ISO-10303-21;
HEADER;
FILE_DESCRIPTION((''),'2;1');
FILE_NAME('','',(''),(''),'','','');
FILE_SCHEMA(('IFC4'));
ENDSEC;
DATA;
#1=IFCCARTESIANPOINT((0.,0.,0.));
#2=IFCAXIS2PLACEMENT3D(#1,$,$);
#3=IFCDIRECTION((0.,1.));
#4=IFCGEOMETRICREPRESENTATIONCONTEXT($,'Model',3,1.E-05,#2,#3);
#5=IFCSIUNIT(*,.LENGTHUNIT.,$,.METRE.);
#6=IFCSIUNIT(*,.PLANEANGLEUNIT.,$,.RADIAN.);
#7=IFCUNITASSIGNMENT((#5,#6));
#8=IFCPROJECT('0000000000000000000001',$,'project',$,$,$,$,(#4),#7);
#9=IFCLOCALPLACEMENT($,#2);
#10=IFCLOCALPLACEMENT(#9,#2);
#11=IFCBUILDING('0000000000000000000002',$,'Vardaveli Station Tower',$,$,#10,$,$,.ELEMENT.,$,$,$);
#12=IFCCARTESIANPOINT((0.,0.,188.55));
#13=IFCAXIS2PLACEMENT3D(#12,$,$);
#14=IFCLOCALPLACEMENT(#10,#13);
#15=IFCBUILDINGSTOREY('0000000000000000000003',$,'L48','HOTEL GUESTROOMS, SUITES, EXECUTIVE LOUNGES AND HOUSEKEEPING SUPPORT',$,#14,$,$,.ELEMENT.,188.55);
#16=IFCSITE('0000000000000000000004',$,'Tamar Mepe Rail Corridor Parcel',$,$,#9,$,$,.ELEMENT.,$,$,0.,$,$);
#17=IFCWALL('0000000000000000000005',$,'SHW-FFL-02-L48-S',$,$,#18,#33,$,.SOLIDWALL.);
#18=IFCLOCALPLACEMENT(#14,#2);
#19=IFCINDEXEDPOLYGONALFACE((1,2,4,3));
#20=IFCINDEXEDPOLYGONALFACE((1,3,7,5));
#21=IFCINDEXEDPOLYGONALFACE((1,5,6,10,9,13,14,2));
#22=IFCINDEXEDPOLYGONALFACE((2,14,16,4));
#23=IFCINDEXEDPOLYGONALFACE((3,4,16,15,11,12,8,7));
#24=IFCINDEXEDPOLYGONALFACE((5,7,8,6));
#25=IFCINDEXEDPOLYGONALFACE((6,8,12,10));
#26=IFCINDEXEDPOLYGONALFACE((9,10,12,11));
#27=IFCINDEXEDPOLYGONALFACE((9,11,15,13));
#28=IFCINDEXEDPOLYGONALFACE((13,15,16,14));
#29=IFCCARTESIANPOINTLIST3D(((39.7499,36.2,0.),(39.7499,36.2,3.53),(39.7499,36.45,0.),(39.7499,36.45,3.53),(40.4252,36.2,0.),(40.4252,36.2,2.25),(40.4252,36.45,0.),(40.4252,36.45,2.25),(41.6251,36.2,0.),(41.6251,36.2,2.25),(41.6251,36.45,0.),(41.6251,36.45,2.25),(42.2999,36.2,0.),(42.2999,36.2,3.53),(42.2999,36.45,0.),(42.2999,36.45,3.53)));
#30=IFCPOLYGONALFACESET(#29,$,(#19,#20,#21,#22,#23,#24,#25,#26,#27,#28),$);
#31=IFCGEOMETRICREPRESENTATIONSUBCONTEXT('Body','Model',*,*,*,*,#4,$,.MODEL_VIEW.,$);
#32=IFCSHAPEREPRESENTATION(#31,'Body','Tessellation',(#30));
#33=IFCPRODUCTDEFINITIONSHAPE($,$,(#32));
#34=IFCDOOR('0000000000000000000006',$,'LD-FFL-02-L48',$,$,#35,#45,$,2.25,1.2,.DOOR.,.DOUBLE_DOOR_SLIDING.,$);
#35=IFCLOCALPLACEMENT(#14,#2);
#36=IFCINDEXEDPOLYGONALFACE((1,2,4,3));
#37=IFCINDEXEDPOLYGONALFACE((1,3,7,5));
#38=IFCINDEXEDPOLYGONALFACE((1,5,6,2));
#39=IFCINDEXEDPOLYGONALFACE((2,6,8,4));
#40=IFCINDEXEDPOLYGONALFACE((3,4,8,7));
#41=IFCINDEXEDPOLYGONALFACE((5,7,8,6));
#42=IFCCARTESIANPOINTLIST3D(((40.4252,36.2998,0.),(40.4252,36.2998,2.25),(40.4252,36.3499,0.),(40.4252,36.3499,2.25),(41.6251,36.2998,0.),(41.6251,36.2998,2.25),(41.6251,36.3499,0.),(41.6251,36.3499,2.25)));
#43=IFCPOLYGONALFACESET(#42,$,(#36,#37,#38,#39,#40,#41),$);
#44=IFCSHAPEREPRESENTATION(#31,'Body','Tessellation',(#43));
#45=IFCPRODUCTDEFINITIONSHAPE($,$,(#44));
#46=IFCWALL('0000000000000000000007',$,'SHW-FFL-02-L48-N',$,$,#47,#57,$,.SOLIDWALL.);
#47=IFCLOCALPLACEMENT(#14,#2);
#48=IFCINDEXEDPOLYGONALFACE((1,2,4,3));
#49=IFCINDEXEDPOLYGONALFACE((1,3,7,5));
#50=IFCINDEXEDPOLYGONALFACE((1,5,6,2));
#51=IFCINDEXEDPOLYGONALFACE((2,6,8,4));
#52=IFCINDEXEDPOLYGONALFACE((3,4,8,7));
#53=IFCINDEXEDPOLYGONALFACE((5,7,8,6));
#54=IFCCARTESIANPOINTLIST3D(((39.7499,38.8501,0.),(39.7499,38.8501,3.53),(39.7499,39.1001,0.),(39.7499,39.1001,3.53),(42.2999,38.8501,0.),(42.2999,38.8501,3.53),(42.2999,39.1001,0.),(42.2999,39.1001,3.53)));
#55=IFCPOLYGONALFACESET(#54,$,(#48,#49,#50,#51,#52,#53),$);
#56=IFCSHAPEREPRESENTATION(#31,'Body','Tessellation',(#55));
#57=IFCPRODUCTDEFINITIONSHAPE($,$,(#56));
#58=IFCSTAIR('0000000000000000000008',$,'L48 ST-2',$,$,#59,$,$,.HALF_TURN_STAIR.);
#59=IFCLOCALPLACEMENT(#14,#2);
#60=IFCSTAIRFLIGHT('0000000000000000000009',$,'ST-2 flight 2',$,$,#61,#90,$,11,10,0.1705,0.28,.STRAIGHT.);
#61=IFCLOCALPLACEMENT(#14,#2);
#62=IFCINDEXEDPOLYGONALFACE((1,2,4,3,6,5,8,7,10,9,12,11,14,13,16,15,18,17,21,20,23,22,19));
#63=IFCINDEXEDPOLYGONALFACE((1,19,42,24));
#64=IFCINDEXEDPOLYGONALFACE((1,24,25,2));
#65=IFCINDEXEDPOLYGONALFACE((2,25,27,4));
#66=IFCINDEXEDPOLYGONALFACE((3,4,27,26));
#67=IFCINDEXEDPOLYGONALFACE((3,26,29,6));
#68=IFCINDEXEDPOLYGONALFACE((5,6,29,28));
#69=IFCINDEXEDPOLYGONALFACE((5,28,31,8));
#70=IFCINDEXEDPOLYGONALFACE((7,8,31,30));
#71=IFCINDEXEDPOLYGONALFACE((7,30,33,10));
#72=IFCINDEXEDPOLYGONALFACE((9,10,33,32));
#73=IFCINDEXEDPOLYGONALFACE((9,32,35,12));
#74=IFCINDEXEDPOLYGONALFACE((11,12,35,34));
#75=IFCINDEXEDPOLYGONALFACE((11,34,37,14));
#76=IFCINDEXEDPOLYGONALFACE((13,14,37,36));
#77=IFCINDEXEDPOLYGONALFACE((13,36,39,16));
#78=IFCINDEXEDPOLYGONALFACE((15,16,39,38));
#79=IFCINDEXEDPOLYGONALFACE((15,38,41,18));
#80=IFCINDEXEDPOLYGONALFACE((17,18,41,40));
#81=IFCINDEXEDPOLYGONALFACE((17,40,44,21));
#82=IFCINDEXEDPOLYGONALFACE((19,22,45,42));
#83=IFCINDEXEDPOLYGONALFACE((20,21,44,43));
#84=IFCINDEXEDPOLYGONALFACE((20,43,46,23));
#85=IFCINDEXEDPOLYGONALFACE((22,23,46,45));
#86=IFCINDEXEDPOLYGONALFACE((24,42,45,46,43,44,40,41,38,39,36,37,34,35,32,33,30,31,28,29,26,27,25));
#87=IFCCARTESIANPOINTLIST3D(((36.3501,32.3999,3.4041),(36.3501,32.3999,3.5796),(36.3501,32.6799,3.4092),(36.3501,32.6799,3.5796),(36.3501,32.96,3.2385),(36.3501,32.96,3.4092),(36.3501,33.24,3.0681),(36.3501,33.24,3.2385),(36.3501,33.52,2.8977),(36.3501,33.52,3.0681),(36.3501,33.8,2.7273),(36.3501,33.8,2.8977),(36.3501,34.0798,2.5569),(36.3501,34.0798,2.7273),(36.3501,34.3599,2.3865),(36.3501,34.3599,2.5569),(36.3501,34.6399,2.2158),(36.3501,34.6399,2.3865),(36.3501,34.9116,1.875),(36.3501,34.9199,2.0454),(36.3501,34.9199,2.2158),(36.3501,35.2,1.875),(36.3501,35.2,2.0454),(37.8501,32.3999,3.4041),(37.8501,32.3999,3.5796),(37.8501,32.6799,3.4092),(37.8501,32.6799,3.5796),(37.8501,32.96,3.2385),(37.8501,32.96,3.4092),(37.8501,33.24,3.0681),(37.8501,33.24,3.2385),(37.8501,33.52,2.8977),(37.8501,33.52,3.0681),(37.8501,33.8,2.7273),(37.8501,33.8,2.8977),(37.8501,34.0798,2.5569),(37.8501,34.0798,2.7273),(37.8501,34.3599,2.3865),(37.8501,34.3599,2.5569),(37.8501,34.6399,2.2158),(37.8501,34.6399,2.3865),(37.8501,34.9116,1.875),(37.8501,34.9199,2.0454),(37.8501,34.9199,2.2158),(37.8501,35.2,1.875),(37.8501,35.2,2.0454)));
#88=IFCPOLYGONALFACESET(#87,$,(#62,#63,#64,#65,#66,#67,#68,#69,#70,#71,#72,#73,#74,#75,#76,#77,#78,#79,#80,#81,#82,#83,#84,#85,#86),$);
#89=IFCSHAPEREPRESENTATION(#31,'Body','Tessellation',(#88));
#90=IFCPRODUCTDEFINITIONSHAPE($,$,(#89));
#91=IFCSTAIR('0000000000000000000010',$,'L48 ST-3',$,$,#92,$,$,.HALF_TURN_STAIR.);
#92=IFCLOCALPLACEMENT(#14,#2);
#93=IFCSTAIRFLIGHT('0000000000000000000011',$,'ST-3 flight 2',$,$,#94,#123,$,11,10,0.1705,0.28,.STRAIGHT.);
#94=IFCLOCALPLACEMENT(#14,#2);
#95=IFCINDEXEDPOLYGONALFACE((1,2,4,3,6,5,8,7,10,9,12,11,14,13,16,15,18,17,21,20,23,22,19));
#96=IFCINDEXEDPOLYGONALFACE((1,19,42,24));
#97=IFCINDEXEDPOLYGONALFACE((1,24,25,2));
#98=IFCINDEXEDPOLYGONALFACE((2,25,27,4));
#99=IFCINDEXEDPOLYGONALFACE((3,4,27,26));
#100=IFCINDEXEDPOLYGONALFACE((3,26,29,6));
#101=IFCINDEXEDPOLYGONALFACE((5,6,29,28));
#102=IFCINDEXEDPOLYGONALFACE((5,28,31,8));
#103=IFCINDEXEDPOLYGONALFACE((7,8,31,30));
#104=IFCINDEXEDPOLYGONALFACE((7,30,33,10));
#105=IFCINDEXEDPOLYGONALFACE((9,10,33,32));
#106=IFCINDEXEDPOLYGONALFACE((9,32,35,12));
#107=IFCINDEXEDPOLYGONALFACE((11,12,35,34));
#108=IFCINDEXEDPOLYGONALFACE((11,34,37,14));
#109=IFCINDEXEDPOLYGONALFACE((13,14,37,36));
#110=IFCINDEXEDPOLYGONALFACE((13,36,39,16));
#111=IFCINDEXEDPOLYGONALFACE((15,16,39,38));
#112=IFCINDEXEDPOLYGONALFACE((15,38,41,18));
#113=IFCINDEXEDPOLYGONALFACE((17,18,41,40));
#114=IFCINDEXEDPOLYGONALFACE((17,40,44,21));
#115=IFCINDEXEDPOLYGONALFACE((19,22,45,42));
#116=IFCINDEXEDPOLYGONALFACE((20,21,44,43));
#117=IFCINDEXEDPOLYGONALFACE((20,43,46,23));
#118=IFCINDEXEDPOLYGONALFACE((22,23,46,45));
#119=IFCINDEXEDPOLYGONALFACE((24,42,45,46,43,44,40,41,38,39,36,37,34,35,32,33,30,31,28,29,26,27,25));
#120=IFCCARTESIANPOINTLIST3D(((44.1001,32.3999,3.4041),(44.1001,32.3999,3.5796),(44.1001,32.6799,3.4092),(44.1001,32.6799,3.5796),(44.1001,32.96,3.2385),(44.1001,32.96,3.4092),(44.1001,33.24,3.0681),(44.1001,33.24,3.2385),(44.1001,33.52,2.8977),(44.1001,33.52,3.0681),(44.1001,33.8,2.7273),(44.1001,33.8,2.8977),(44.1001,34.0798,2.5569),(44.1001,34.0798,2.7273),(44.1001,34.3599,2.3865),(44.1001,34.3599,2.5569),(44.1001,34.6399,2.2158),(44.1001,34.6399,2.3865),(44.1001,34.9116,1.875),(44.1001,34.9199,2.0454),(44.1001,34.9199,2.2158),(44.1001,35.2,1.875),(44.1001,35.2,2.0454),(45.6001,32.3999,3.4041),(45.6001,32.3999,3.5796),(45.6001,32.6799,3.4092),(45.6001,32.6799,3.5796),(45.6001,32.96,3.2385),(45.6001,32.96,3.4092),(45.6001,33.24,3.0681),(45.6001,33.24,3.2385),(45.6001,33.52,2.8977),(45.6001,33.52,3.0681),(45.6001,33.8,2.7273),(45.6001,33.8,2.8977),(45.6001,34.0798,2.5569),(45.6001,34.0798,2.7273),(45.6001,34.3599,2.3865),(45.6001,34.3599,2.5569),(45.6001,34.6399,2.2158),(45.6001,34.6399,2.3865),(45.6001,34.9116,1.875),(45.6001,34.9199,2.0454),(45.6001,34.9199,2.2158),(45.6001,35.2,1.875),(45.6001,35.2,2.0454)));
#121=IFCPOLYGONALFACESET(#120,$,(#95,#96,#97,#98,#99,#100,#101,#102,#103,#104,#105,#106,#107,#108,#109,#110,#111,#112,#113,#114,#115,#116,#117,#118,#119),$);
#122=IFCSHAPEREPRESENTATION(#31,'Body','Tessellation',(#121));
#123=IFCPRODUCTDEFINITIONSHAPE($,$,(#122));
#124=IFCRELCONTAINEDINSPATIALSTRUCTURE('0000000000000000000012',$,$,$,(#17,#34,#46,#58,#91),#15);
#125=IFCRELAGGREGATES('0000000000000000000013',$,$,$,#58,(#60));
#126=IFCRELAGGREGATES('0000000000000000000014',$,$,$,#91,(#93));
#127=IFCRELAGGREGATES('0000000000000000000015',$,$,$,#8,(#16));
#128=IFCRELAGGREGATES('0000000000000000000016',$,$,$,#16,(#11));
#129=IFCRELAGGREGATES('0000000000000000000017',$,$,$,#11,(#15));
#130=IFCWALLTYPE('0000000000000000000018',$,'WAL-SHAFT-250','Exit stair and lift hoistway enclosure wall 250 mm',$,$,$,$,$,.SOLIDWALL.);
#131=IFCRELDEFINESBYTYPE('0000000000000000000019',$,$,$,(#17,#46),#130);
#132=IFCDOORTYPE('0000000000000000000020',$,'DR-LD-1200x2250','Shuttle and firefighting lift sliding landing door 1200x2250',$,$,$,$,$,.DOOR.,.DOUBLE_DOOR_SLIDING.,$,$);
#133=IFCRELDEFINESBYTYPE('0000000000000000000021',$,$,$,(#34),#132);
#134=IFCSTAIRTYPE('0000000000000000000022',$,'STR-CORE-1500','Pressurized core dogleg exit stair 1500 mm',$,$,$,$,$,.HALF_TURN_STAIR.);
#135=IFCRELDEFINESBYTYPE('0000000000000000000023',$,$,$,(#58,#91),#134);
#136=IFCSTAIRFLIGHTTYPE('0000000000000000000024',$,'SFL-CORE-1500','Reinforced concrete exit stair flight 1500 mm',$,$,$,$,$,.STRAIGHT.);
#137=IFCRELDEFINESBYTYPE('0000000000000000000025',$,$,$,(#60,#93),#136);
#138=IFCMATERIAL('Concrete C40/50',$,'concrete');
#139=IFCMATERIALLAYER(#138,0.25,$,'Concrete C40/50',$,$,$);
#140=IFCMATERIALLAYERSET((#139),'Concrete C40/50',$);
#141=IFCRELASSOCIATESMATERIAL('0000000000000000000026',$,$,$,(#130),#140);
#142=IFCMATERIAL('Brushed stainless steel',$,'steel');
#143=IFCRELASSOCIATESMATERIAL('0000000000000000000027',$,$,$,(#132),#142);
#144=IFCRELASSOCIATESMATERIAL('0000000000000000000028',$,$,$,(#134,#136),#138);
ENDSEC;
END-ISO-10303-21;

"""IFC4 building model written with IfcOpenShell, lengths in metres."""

from ifc_helpers import new_model, si_unit, direction, frame, frame_2d, origin, place, context, subcontext, project, spatial, polyline, rectangle, outline, extrude, source, transform, mapped, material, layer, layer_set, type_object, element, fill, aggregate, save


model = new_model("IFC4")

# Units and contexts
model_context = context("Model", 3, precision=1e-05, world=origin(), true_north=direction((0.0, 1.0)))
body_context = subcontext(model_context, "Body", "Model", "MODEL_VIEW")
ifc_project = project(units=[si_unit("LENGTHUNIT", "METRE"), si_unit("PLANEANGLEUNIT", "RADIAN")], contexts=[model_context])

# Site, building, storey
site_placement = place(None, origin())
site = spatial("IfcSite", under=ifc_project, at=site_placement, Name="Tamar Mepe Rail Corridor Parcel", CompositionType="ELEMENT", RefElevation=0.0)
building_placement = place(site_placement, origin())
building = spatial("IfcBuilding", under=site, at=building_placement, Name="Vardaveli Station Tower", CompositionType="ELEMENT")
storey_placement = place(building_placement, frame((0.0, 0.0, 188.55)))
storey = spatial("IfcBuildingStorey", under=building, at=storey_placement, Name="L48", Description="HOTEL GUESTROOMS, SUITES, EXECUTIVE LOUNGES AND HOUSEKEEPING SUPPORT", CompositionType="ELEMENT", Elevation=188.55)

# Shared definitions
ifc_material_1 = material(Name="Concrete C40/50", Category="concrete")
ifc_layer_1 = layer(ifc_material_1, 0.25, Name="Concrete C40/50")
ifc_layer_set_1 = layer_set([ifc_layer_1], Name="Concrete C40/50")
wall_type = type_object("IfcWallType", Name="WAL-SHAFT-250", Description="Exit stair and lift hoistway enclosure wall 250 mm", PredefinedType="SOLIDWALL", material=ifc_layer_set_1)

# Wall, opening, door
shared_shape_1 = source(origin(), body_context, "Body", "SweptSolid", [
    extrude(rectangle(XDim=2.55, YDim=0.25, at=frame_2d((1.2749, 0.0))), origin(), (0.0, 0.0, 1.0), 3.53),
])
wall_1_placement = place(storey_placement, frame((39.75, 36.325, 0.0), z_axis=(0.0, 0.0, 1.0), x_axis=(1.0, 0.0, 0.0)))
wall_1 = element("IfcWall", 1, at=wall_1_placement, inside=storey, type_object=wall_type, Name="SHW-FFL-02-L48-S", PredefinedType="SOLIDWALL", context=body_context, shape_type="MappedRepresentation", body=[
    mapped(shared_shape_1, transform((0.0, 0.0, 0.0), scale=1.0)),
])
shared_shape_2 = source(origin(), body_context, "Body", "SweptSolid", [
    extrude(rectangle(XDim=1.2, YDim=2.25, at=frame_2d((0.6001, 1.125))), frame((0.0, 0.135, 0.0), z_axis=(0.0, -1.0, 0.0), x_axis=(1.0, 0.0, 0.0)), (0.0, 0.0, 1.0), 0.27),
])
opening_placement = place(wall_1_placement, frame((0.675, 0.0, 0.0)))
opening = element("IfcOpeningElement", 2, at=opening_placement, cuts=wall_1, PredefinedType="OPENING", context=body_context, shape_type="MappedRepresentation", body=[
    mapped(shared_shape_2, transform((0.0, 0.0, 0.0), scale=1.0)),
])
ifc_material_2 = material(Name="Brushed stainless steel", Category="steel")
door_type = type_object("IfcDoorType", Name="DR-LD-1200x2250", Description="Shuttle and firefighting lift sliding landing door 1200x2250", OperationType="DOUBLE_DOOR_SLIDING", PredefinedType="DOOR", material=ifc_material_2)
shared_shape_3 = source(origin(), body_context, "Body", "SweptSolid", [
    extrude(rectangle(XDim=1.2, YDim=2.25, at=frame_2d((0.6001, 1.125))), frame((0.0, 0.0249, 0.0), z_axis=(0.0, -1.0, 0.0), x_axis=(1.0, 0.0, 0.0)), (0.0, 0.0, 1.0), 0.05),
])
door_placement = place(opening_placement, origin())
door = element("IfcDoor", 3, at=door_placement, inside=storey, type_object=door_type, Name="LD-FFL-02-L48", OperationType="DOUBLE_DOOR_SLIDING", OverallHeight=2.25, OverallWidth=1.2, PredefinedType="DOOR", context=body_context, shape_type="MappedRepresentation", body=[
    mapped(shared_shape_3, transform((0.0, 0.0, 0.0), scale=1.0)),
])
fill(opening, door)

# Wall
wall_2_placement = place(storey_placement, frame((39.75, 38.9751, 0.0), z_axis=(0.0, 0.0, 1.0), x_axis=(1.0, 0.0, 0.0)))
element("IfcWall", 4, at=wall_2_placement, inside=storey, type_object=wall_type, Name="SHW-FFL-02-L48-N", PredefinedType="SOLIDWALL", context=body_context, shape_type="MappedRepresentation", body=[
    mapped(shared_shape_1, transform((0.0, 0.0, 0.0), scale=1.0)),
])

# Stairs, stair flights
stair_type = type_object("IfcStairType", Name="STR-CORE-1500", Description="Pressurized core dogleg exit stair 1500 mm", PredefinedType="HALF_TURN_STAIR", material=ifc_material_1)
stair_1_placement = place(storey_placement, origin())
stair_1 = element("IfcStair", 5, at=stair_1_placement, inside=storey, type_object=stair_type, Name="L48 ST-2", PredefinedType="HALF_TURN_STAIR")
stair_flight_type = type_object("IfcStairFlightType", Name="SFL-CORE-1500", Description="Reinforced concrete exit stair flight 1500 mm", PredefinedType="STRAIGHT", material=ifc_material_1)
shared_shape_4 = source(origin(), body_context, "Body", "SweptSolid", [
    extrude(outline(polyline([(0.0, 0.0), (0.0, 0.1704), (0.28, 0.1704), (0.28, 0.3408), (0.5601, 0.3408), (0.5601, 0.5115), (0.8401, 0.5115), (0.8401, 0.6819), (1.1201, 0.6819), (1.1201, 0.8523), (1.3999, 0.8523), (1.3999, 1.0227), (1.6799, 1.0227), (1.6799, 1.1931), (1.96, 1.1931), (1.96, 1.3635), (2.24, 1.3635), (2.24, 1.5342), (2.52, 1.5342), (2.52, 1.7046), (2.8, 1.7046), (2.8, 1.875), (2.8, 1.5291), (0.2883, 0.0), (0.0, 0.0)])), frame((0.0, 0.75, 0.0), z_axis=(0.0, -1.0, 0.0), x_axis=(1.0, 0.0, 0.0)), (0.0, 0.0, 1.0), 1.5),
])
stair_flight_1_placement = place(storey_placement, frame((37.1001, 35.2, 1.875), z_axis=(0.0, 0.0, 1.0), x_axis=(0.0, -1.0, 0.0)))
stair_flight_1 = element("IfcStairFlight", 6, at=stair_flight_1_placement, type_object=stair_flight_type, Name="ST-2 flight 2", NumberOfRisers=11, NumberOfTreads=10, PredefinedType="STRAIGHT", RiserHeight=0.1705, TreadLength=0.28, context=body_context, shape_type="MappedRepresentation", body=[
    mapped(shared_shape_4, transform((0.0, 0.0, 0.0), scale=1.0)),
])
aggregate(stair_1, [stair_flight_1])
stair_2_placement = place(storey_placement, origin())
stair_2 = element("IfcStair", 7, at=stair_2_placement, inside=storey, type_object=stair_type, Name="L48 ST-3", PredefinedType="HALF_TURN_STAIR")
stair_flight_2_placement = place(storey_placement, frame((44.8501, 35.2, 1.875), z_axis=(0.0, 0.0, 1.0), x_axis=(0.0, -1.0, 0.0)))
stair_flight_2 = element("IfcStairFlight", 8, at=stair_flight_2_placement, type_object=stair_flight_type, Name="ST-3 flight 2", NumberOfRisers=11, NumberOfTreads=10, PredefinedType="STRAIGHT", RiserHeight=0.1705, TreadLength=0.28, context=body_context, shape_type="MappedRepresentation", body=[
    mapped(shared_shape_4, transform((0.0, 0.0, 0.0), scale=1.0)),
])
aggregate(stair_2, [stair_flight_2])

save(model, "model.ifc")
